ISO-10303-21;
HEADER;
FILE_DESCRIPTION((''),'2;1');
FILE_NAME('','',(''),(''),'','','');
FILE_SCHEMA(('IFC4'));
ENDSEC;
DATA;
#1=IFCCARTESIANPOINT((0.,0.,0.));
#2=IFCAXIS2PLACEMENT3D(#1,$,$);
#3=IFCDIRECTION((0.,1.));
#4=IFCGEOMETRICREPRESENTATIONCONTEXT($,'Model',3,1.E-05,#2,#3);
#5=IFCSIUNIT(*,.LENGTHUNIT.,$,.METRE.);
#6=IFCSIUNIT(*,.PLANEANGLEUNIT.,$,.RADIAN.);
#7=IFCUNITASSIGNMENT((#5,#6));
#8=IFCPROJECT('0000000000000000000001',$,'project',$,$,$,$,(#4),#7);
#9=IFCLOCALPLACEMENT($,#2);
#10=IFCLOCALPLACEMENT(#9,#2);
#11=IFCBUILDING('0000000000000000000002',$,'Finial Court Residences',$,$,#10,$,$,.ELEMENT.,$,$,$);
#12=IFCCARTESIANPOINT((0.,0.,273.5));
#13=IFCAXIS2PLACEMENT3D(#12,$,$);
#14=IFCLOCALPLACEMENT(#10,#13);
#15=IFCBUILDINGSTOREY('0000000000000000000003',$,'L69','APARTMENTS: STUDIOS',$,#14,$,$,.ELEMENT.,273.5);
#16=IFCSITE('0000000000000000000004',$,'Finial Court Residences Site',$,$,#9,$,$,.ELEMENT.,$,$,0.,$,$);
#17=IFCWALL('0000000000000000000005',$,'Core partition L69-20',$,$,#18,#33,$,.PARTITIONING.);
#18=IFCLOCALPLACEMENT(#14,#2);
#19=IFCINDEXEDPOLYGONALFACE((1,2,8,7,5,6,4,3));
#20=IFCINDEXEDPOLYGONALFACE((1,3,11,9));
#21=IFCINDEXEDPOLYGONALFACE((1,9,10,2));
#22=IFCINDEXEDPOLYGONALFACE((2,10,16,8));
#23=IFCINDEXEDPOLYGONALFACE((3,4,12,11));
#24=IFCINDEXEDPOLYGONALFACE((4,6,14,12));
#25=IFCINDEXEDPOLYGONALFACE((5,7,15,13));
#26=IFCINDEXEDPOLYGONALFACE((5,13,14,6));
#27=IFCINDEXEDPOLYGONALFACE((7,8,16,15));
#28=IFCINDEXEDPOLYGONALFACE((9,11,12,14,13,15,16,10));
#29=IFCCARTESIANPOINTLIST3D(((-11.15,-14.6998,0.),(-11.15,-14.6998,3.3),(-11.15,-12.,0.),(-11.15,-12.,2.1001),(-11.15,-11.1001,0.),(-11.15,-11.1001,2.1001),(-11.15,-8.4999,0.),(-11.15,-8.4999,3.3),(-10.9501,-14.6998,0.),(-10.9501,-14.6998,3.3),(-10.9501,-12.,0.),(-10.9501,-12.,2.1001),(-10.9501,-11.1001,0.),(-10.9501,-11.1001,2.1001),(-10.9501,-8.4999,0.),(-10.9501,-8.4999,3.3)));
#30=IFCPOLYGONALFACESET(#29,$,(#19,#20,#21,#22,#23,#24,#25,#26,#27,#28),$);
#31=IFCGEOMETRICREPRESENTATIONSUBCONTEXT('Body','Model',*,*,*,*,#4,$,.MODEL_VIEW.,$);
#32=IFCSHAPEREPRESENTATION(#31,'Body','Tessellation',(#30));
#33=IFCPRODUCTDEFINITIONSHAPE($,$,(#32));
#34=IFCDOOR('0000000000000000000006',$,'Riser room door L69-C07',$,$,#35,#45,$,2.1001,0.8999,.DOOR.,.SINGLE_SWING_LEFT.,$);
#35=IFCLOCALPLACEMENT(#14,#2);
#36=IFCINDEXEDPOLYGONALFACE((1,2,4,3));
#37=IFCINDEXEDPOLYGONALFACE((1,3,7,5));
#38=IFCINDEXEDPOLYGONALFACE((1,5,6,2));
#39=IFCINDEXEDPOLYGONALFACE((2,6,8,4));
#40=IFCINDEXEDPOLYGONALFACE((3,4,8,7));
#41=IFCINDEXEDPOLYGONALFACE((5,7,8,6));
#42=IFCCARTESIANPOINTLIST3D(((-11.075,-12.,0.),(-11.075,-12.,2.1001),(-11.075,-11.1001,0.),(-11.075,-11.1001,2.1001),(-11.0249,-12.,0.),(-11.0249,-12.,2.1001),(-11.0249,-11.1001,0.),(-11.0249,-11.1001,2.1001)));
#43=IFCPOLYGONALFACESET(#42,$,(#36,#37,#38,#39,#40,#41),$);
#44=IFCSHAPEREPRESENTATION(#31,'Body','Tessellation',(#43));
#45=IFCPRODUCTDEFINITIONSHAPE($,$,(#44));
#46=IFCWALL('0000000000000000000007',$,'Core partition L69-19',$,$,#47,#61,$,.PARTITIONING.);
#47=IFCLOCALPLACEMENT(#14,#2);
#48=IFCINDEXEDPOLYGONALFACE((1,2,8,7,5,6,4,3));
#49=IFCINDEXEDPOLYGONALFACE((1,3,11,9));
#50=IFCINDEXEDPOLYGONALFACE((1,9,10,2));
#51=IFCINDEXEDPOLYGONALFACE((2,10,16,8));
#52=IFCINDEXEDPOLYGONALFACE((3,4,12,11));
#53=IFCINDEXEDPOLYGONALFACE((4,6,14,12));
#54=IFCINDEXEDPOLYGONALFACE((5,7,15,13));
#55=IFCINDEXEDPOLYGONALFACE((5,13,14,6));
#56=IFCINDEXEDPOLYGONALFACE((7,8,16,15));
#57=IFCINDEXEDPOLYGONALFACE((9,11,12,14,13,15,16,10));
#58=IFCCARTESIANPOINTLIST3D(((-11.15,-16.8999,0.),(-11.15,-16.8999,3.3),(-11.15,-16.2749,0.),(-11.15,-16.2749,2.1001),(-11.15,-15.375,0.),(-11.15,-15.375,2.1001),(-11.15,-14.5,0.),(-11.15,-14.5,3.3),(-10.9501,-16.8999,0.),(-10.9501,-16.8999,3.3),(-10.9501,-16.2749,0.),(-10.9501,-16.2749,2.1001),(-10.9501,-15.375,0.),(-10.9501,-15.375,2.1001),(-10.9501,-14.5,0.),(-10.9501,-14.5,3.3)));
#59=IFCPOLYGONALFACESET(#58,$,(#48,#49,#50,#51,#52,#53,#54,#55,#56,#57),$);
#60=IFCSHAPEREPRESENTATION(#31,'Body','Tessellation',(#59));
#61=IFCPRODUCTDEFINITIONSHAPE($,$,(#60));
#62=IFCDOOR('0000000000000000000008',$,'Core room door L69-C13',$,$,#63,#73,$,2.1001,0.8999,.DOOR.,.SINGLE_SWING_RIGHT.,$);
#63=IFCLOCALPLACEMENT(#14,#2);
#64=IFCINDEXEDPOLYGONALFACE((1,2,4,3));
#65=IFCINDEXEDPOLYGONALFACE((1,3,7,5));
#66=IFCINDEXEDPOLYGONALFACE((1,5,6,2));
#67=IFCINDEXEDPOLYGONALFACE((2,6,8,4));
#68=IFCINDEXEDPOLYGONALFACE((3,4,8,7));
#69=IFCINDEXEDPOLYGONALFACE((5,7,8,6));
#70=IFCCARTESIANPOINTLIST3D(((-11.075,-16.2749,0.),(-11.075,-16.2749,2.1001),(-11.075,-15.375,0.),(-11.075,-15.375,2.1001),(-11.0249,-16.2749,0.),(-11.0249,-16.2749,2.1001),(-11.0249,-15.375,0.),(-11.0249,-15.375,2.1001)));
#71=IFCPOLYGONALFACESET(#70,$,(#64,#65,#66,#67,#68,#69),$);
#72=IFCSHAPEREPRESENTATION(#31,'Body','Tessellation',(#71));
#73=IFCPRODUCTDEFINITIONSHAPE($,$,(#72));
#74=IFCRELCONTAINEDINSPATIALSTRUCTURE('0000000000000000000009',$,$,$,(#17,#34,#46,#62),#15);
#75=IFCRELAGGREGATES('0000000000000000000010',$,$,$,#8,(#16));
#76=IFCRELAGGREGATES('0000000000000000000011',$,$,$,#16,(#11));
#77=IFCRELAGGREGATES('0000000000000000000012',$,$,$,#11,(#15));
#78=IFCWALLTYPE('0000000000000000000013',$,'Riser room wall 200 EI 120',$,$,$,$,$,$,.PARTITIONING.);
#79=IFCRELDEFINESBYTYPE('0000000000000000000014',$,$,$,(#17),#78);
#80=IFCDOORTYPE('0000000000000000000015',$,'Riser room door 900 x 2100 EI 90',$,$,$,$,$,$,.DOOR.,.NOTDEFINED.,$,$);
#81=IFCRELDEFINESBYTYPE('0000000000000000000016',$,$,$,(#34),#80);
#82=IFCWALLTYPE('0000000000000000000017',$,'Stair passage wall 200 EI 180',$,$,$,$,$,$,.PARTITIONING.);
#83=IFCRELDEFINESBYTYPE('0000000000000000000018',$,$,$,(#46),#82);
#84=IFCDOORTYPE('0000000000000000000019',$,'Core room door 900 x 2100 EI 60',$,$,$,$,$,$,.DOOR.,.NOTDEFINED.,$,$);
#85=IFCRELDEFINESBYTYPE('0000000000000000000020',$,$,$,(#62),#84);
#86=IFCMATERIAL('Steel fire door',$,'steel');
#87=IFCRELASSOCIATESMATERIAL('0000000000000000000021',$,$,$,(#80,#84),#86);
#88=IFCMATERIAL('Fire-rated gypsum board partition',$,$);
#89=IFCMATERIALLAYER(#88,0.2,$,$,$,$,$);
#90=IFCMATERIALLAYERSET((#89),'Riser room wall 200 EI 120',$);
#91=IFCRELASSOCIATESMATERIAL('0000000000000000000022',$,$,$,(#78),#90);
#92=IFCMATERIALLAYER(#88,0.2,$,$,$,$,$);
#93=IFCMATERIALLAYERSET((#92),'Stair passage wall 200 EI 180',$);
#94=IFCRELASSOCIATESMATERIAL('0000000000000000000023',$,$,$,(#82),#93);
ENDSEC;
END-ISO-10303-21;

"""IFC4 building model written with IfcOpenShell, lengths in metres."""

from ifc_helpers import new_model, si_unit, direction, frame, frame_2d, origin, place, context, subcontext, project, spatial, rectangle, extrude, material, layer, layer_set, type_object, element, fill, save


model = new_model("IFC4")

# Units and contexts
model_context = context("Model", 3, precision=1e-05, world=origin(), true_north=direction((0.0, 1.0)))
body_context = subcontext(model_context, "Body", "Model", "MODEL_VIEW")
ifc_project = project(units=[si_unit("LENGTHUNIT", "METRE"), si_unit("PLANEANGLEUNIT", "RADIAN")], contexts=[model_context])

# Site, building, storey
site_placement = place(None, origin())
site = spatial("IfcSite", under=ifc_project, at=site_placement, Name="Finial Court Residences Site", CompositionType="ELEMENT", RefElevation=0.0)
building_placement = place(site_placement, origin())
building = spatial("IfcBuilding", under=site, at=building_placement, Name="Finial Court Residences", CompositionType="ELEMENT")
storey_placement = place(building_placement, frame((0.0, 0.0, 273.5)))
storey = spatial("IfcBuildingStorey", under=building, at=storey_placement, Name="L69", Description="APARTMENTS: STUDIOS", CompositionType="ELEMENT", Elevation=273.5)

# Shared definitions
ifc_material_1 = material(Name="Steel fire door", Category="steel")
door_type_1 = type_object("IfcDoorType", Name="Riser room door 900 x 2100 EI 90", OperationType="NOTDEFINED", PredefinedType="DOOR", material=ifc_material_1)

# Shared definitions
ifc_material_2 = material(Name="Fire-rated gypsum board partition")
ifc_layer_1 = layer(ifc_material_2, 0.2)
ifc_layer_set_1 = layer_set([ifc_layer_1], Name="Riser room wall 200 EI 120")
wall_type_1 = type_object("IfcWallType", Name="Riser room wall 200 EI 120", PredefinedType="PARTITIONING", material=ifc_layer_set_1)

# Walls, openings, doors
wall_1_placement = place(storey_placement, frame((-11.05, -14.7, 0.0), z_axis=(0.0, 0.0, 1.0), x_axis=(0.0, 1.0, 0.0)))
wall_1 = element("IfcWall", 1, at=wall_1_placement, inside=storey, type_object=wall_type_1, Name="Core partition L69-20", PredefinedType="PARTITIONING", context=body_context, shape_type="SweptSolid", body=[
    extrude(rectangle(XDim=6.2, YDim=0.2, at=frame_2d((3.1001, 0.0))), origin(), (0.0, 0.0, 1.0), 3.3),
])
opening_1_placement = place(wall_1_placement, frame((2.7, 0.0, 0.0)))
opening_1 = element("IfcOpeningElement", 2, at=opening_1_placement, cuts=wall_1, PredefinedType="OPENING", context=body_context, shape_type="SweptSolid", body=[
    extrude(rectangle(XDim=0.8999, YDim=2.1001, at=frame_2d((0.45, 1.05))), frame((0.0, 0.1099, 0.0), z_axis=(0.0, -1.0, 0.0), x_axis=(1.0, 0.0, 0.0)), (0.0, 0.0, 1.0), 0.22),
])
door_1_placement = place(opening_1_placement, origin())
door_1 = element("IfcDoor", 3, at=door_1_placement, inside=storey, type_object=door_type_1, Name="Riser room door L69-C07", OperationType="SINGLE_SWING_LEFT", OverallHeight=2.1001, OverallWidth=0.8999, PredefinedType="DOOR", context=body_context, shape_type="SweptSolid", body=[
    extrude(rectangle(XDim=0.8999, YDim=2.1001, at=frame_2d((0.45, 1.05))), frame((0.0, 0.0249, 0.0), z_axis=(0.0, -1.0, 0.0), x_axis=(1.0, 0.0, 0.0)), (0.0, 0.0, 1.0), 0.05),
])
fill(opening_1, door_1)
ifc_layer_2 = layer(ifc_material_2, 0.2)
ifc_layer_set_2 = layer_set([ifc_layer_2], Name="Stair passage wall 200 EI 180")
wall_type_2 = type_object("IfcWallType", Name="Stair passage wall 200 EI 180", PredefinedType="PARTITIONING", material=ifc_layer_set_2)
wall_2_placement = place(storey_placement, frame((-11.05, -16.8999, 0.0), z_axis=(0.0, 0.0, 1.0), x_axis=(0.0, 1.0, 0.0)))
wall_2 = element("IfcWall", 4, at=wall_2_placement, inside=storey, type_object=wall_type_2, Name="Core partition L69-19", PredefinedType="PARTITIONING", context=body_context, shape_type="SweptSolid", body=[
    extrude(rectangle(XDim=2.3999, YDim=0.2, at=frame_2d((1.2, 0.0))), origin(), (0.0, 0.0, 1.0), 3.3),
])
opening_2_placement = place(wall_2_placement, frame((0.625, 0.0, 0.0)))
opening_2 = element("IfcOpeningElement", 5, at=opening_2_placement, cuts=wall_2, PredefinedType="OPENING", context=body_context, shape_type="SweptSolid", body=[
    extrude(rectangle(XDim=0.8999, YDim=2.1001, at=frame_2d((0.45, 1.05))), frame((0.0, 0.1099, 0.0), z_axis=(0.0, -1.0, 0.0), x_axis=(1.0, 0.0, 0.0)), (0.0, 0.0, 1.0), 0.22),
])
door_type_2 = type_object("IfcDoorType", Name="Core room door 900 x 2100 EI 60", OperationType="NOTDEFINED", PredefinedType="DOOR", material=ifc_material_1)
door_2_placement = place(opening_2_placement, origin())
door_2 = element("IfcDoor", 6, at=door_2_placement, inside=storey, type_object=door_type_2, Name="Core room door L69-C13", OperationType="SINGLE_SWING_RIGHT", OverallHeight=2.1001, OverallWidth=0.8999, PredefinedType="DOOR", context=body_context, shape_type="SweptSolid", body=[
    extrude(rectangle(XDim=0.8999, YDim=2.1001, at=frame_2d((0.45, 1.05))), frame((0.0, 0.0249, 0.0), z_axis=(0.0, -1.0, 0.0), x_axis=(1.0, 0.0, 0.0)), (0.0, 0.0, 1.0), 0.05),
])
fill(opening_2, door_2)

save(model, "model.ifc")
